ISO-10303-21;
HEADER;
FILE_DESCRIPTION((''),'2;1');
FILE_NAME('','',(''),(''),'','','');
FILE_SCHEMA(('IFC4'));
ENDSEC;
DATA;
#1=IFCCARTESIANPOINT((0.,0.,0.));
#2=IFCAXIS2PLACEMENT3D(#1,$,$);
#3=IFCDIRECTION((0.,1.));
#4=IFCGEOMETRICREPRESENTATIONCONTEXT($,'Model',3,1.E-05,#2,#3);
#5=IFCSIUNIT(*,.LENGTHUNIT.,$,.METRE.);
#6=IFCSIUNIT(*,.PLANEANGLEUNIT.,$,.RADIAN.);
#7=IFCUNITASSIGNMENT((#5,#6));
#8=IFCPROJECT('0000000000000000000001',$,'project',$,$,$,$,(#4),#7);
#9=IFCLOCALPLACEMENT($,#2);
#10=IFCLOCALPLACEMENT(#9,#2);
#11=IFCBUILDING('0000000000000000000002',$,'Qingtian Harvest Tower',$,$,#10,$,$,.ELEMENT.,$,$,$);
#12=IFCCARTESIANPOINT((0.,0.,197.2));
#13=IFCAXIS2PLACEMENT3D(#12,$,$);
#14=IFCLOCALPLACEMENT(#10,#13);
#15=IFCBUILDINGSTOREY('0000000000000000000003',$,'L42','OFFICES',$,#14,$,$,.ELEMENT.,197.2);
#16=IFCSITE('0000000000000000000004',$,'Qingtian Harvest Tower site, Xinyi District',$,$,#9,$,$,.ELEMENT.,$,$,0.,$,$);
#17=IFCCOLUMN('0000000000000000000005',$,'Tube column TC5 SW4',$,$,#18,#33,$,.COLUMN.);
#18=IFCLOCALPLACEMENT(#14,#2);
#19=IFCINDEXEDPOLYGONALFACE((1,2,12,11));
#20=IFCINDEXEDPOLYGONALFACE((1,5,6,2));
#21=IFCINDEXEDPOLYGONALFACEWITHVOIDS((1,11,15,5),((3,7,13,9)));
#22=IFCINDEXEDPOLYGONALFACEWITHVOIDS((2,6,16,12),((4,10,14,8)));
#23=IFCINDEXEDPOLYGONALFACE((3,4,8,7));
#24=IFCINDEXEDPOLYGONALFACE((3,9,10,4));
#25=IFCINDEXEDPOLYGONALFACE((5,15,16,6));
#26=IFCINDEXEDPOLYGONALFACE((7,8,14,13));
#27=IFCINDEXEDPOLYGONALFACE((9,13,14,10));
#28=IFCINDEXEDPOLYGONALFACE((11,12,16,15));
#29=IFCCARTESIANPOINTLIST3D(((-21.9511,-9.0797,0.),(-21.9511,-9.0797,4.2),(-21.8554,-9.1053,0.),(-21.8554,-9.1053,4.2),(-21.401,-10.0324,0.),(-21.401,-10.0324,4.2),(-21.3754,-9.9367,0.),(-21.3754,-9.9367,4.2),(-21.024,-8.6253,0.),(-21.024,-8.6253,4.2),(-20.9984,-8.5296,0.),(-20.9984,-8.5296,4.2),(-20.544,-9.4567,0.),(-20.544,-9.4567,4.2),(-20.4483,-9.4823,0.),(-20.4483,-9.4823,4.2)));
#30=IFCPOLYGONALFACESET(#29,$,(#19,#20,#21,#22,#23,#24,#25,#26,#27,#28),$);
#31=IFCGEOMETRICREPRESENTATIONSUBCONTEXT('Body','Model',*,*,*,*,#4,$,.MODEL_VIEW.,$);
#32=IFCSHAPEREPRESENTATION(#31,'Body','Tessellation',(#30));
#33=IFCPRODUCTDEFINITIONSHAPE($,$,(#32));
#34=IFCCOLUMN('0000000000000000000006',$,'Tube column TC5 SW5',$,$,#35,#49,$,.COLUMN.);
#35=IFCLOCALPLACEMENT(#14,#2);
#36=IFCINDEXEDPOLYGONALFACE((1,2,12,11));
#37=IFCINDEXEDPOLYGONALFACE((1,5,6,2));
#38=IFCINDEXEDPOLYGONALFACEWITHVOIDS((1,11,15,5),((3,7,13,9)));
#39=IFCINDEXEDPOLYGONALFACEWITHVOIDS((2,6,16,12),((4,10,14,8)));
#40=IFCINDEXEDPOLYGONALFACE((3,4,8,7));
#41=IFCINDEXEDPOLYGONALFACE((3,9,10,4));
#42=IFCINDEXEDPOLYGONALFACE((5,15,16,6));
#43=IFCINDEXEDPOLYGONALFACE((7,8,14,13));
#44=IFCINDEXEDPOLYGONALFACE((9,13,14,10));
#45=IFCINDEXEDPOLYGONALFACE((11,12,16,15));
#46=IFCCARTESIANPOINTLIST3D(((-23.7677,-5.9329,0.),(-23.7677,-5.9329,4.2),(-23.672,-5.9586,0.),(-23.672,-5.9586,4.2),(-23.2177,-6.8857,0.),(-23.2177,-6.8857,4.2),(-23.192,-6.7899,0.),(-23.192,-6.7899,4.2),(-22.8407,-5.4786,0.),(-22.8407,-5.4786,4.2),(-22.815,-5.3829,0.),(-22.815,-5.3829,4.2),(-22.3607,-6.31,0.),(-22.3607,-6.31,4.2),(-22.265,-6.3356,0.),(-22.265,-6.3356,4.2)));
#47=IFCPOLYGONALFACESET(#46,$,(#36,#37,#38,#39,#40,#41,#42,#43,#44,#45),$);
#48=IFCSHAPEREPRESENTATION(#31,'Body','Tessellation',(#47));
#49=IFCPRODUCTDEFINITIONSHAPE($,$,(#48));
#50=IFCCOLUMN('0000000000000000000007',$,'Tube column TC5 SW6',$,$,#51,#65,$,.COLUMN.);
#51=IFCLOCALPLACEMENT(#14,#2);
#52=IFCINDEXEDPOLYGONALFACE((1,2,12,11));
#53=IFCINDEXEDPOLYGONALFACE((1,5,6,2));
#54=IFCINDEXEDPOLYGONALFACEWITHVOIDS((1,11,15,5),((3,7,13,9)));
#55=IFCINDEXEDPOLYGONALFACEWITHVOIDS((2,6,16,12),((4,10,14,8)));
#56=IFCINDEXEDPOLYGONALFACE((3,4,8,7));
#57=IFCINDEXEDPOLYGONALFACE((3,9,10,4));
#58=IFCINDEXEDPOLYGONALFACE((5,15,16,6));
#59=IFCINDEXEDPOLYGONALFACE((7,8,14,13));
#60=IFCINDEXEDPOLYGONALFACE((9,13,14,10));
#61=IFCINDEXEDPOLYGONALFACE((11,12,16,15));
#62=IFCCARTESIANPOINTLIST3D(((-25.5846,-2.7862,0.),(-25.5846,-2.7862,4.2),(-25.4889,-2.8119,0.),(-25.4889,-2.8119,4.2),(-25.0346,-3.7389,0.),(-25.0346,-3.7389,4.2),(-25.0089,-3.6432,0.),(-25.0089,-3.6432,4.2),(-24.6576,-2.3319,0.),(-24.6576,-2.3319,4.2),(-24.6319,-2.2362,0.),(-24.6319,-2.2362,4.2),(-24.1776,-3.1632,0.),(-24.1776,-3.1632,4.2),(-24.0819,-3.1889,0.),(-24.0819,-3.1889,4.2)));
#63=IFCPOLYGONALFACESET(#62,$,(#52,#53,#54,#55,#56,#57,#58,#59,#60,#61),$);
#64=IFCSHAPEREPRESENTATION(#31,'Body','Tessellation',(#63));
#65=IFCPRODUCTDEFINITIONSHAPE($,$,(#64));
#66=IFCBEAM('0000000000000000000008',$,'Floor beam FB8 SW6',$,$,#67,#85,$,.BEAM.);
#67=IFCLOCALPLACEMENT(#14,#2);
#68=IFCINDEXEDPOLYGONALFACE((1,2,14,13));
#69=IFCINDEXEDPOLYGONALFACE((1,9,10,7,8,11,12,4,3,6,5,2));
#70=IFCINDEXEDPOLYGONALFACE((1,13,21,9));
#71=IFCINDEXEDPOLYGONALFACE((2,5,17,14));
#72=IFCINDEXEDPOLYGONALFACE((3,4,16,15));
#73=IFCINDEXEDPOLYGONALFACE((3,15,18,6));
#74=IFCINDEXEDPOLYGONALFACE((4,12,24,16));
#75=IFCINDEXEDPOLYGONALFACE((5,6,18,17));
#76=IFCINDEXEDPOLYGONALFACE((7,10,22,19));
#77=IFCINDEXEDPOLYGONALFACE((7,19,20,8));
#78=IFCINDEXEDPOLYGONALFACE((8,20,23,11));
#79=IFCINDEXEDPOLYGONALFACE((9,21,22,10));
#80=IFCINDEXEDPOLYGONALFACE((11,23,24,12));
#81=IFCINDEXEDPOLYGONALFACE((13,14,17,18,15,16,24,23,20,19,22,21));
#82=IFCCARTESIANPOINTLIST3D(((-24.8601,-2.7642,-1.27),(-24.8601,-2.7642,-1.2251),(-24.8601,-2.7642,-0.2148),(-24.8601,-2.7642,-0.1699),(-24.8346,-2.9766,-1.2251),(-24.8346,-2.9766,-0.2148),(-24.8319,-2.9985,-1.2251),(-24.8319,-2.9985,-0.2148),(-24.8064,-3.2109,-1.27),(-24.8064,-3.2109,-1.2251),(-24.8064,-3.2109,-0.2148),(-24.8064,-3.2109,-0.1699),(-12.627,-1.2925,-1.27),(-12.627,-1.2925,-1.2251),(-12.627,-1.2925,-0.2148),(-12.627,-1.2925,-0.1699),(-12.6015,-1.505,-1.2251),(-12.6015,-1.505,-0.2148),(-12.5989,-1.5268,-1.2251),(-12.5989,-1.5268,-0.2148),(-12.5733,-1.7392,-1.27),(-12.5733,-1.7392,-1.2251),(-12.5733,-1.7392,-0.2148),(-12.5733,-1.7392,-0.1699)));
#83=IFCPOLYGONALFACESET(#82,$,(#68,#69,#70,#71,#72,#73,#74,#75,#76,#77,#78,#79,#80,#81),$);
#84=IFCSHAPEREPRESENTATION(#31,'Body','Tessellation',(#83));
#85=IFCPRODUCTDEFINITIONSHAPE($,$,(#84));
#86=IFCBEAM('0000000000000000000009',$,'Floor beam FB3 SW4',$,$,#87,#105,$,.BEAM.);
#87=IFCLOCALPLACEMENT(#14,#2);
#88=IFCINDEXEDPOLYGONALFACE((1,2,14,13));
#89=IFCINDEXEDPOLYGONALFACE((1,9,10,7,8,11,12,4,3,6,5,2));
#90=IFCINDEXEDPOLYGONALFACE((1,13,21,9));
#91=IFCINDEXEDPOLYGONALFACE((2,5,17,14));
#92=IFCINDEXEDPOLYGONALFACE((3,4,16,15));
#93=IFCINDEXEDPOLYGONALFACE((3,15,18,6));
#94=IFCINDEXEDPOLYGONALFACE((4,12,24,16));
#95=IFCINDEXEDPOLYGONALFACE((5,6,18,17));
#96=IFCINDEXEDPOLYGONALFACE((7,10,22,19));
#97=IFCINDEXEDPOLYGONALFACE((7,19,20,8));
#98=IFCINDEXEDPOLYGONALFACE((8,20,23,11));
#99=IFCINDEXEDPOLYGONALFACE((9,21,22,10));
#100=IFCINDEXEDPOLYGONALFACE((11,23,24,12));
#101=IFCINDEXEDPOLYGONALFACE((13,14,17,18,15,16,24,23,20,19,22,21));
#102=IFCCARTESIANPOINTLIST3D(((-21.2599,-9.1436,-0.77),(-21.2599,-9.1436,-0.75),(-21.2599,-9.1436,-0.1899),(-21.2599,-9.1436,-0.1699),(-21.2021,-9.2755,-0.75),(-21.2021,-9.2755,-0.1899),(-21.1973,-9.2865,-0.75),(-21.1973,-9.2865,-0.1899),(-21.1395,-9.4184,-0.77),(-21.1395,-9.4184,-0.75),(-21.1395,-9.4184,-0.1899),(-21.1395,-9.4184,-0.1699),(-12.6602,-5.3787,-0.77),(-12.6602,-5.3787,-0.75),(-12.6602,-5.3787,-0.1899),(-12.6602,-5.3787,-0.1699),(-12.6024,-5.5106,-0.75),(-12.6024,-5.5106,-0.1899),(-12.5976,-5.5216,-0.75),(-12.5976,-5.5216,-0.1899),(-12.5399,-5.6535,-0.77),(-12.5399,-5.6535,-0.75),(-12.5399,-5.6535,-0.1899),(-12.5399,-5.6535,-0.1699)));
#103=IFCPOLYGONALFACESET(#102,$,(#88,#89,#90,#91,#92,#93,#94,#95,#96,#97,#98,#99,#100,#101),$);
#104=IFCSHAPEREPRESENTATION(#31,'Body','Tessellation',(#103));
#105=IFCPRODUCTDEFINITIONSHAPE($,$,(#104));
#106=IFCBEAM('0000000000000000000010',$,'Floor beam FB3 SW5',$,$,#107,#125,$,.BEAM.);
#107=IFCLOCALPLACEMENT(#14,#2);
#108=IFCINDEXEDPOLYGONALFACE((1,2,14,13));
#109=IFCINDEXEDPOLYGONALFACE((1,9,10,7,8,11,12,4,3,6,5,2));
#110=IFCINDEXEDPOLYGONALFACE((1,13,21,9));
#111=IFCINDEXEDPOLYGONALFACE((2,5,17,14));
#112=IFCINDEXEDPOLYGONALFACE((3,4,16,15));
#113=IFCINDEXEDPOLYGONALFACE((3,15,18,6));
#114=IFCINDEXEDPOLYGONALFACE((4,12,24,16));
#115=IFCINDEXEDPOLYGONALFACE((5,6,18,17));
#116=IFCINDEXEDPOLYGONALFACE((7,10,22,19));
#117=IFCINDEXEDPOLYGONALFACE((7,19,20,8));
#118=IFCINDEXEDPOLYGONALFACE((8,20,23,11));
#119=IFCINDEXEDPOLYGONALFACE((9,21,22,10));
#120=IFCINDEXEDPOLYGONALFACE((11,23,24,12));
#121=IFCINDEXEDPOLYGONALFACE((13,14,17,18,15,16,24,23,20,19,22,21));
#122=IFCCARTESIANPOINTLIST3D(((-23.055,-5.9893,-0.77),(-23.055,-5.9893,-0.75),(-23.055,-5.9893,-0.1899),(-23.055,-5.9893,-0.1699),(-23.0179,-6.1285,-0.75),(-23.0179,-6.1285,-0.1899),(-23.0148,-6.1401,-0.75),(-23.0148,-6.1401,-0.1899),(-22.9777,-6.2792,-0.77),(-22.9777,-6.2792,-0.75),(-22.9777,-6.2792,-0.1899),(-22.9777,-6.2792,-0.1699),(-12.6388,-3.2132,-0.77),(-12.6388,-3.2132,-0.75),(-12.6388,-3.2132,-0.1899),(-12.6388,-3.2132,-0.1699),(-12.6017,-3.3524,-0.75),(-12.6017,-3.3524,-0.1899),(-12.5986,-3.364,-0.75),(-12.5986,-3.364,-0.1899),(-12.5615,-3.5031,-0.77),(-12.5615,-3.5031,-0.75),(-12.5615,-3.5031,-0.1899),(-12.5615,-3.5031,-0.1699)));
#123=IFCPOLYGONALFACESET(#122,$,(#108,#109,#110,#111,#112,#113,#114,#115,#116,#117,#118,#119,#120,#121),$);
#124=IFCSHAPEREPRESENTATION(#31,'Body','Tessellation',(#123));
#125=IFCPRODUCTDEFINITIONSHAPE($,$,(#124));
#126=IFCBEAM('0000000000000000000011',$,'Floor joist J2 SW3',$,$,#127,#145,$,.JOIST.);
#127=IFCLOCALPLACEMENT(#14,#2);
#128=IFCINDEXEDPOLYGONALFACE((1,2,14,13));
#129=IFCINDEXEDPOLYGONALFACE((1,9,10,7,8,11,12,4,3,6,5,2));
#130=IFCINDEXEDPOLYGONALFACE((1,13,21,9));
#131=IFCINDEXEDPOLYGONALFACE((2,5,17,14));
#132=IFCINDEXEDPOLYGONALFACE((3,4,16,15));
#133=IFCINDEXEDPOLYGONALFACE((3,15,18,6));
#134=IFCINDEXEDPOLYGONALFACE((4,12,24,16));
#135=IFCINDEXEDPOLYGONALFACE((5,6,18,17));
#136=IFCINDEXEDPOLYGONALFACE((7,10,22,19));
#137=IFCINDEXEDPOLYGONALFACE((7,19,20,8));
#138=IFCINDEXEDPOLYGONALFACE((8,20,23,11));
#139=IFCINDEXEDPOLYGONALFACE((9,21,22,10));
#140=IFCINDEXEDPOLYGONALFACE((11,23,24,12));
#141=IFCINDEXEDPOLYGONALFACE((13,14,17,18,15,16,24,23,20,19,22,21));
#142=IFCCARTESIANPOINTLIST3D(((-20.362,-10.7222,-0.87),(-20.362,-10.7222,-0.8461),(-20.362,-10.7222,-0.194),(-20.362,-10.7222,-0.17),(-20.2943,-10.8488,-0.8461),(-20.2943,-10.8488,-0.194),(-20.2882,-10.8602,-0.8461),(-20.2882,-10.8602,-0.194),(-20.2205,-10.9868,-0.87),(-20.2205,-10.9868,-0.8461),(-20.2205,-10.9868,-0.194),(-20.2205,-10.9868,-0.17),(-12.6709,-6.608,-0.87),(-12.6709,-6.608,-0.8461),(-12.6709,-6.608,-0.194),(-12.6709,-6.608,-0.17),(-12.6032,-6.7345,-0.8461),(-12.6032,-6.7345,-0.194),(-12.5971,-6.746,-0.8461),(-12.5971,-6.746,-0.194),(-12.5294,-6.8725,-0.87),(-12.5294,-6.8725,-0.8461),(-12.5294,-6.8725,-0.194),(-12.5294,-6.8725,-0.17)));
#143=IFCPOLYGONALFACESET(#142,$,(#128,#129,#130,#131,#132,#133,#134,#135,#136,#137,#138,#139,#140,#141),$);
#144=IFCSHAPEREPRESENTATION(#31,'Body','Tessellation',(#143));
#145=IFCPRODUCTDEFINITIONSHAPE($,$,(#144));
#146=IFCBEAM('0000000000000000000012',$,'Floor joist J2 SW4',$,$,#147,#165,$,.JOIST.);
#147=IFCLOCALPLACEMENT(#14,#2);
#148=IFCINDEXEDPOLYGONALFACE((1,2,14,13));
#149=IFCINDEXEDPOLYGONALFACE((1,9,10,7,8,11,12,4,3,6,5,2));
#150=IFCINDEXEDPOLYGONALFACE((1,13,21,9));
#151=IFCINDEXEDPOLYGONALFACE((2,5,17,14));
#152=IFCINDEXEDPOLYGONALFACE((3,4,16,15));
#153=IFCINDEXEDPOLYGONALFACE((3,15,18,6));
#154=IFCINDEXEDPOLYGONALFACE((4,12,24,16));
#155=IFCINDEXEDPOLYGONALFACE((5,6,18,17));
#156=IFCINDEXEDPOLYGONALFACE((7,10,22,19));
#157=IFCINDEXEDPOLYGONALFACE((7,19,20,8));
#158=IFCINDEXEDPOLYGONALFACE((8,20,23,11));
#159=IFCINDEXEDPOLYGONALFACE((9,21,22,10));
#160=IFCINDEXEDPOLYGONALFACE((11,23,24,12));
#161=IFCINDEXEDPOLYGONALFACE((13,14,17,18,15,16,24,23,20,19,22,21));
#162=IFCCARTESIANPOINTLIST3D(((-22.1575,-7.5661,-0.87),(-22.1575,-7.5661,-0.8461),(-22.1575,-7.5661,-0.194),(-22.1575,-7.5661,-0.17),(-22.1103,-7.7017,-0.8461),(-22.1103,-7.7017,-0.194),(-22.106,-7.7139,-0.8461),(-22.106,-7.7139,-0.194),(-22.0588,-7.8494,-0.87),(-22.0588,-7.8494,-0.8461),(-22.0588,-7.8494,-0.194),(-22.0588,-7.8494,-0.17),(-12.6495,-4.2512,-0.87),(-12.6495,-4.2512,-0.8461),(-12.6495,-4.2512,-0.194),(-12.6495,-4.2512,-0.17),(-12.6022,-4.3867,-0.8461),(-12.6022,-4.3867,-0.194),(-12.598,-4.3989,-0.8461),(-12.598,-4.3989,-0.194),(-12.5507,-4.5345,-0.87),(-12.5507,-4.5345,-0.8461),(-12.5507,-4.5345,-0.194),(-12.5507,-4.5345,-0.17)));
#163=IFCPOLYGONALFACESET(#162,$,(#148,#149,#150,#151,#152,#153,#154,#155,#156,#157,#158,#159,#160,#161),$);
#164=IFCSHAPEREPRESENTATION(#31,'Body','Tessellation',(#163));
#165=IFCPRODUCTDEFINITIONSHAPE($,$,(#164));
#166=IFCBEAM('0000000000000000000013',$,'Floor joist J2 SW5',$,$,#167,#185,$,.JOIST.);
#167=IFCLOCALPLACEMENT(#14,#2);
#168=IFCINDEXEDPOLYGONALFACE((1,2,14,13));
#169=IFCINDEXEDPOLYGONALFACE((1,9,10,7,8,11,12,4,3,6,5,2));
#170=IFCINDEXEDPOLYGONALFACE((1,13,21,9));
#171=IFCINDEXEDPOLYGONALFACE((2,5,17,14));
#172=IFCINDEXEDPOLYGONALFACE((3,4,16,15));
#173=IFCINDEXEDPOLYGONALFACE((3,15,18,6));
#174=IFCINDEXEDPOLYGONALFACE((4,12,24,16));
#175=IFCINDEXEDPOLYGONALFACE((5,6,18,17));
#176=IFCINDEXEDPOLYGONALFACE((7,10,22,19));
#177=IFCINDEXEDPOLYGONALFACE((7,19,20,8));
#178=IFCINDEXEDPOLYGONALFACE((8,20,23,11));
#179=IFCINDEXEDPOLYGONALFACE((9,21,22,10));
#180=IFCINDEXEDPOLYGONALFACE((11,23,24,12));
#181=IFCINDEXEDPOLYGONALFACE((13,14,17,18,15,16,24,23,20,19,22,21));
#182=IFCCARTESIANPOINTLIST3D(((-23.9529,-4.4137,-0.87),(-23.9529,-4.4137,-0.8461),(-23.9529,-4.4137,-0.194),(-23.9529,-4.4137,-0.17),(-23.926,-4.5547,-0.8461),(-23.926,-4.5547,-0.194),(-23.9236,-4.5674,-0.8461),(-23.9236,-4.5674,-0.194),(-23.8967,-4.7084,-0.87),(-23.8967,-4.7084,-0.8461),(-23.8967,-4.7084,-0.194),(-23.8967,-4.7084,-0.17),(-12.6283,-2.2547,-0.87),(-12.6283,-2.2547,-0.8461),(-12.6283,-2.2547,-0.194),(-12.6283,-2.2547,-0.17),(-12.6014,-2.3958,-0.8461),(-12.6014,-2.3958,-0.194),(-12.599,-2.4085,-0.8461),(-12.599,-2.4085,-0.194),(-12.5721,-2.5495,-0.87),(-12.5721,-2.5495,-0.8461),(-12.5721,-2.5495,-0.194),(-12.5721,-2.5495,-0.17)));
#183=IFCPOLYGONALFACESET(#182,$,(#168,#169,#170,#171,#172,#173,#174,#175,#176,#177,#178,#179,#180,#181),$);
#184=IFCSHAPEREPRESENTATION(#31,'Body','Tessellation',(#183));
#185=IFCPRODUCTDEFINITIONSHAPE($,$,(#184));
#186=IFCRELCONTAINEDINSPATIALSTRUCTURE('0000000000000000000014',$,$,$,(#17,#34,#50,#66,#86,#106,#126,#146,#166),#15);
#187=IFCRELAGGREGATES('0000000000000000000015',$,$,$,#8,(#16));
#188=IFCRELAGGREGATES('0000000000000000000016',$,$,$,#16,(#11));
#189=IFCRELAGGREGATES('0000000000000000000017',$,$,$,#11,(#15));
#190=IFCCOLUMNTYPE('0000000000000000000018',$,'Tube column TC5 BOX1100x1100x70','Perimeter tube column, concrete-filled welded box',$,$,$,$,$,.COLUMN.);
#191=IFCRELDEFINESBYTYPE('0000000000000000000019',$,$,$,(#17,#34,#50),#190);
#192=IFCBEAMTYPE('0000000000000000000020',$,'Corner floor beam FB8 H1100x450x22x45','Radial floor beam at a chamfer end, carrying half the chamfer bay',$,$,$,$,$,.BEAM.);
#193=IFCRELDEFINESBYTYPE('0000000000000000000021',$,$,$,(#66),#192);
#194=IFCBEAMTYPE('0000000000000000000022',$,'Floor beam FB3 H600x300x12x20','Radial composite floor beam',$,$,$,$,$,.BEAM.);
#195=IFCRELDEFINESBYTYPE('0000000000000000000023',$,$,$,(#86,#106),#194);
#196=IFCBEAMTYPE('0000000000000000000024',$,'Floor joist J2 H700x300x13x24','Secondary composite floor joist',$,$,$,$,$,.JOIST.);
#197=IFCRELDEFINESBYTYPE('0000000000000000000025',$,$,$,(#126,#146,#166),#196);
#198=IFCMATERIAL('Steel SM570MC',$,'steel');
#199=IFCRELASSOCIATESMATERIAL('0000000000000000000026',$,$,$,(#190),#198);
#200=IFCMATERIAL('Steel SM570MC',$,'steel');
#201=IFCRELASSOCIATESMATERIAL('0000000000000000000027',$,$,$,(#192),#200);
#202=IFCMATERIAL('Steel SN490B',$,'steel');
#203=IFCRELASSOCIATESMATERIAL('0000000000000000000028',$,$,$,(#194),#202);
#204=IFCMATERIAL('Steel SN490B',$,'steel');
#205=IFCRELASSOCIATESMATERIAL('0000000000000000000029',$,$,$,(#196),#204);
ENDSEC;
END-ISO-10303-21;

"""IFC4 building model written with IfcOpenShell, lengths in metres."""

from ifc_helpers import new_model, si_unit, direction, frame, origin, origin_2d, place, context, subcontext, project, spatial, hollow_rectangle, i_section, extrude, material, material_profile, profile_set, type_object, element, save


model = new_model("IFC4")

# Units and contexts
model_context = context("Model", 3, precision=1e-05, world=origin(), true_north=direction((0.0, 1.0)))
body_context = subcontext(model_context, "Body", "Model", "MODEL_VIEW")
ifc_project = project(units=[si_unit("LENGTHUNIT", "METRE"), si_unit("PLANEANGLEUNIT", "RADIAN")], contexts=[model_context])

# Site, building, storey
site_placement = place(None, origin())
site = spatial("IfcSite", under=ifc_project, at=site_placement, Name="Qingtian Harvest Tower site, Xinyi District", CompositionType="ELEMENT", RefElevation=0.0)
building_placement = place(site_placement, origin())
building = spatial("IfcBuilding", under=site, at=building_placement, Name="Qingtian Harvest Tower", CompositionType="ELEMENT")
storey_placement = place(building_placement, frame((0.0, 0.0, 197.2)))
storey = spatial("IfcBuildingStorey", under=building, at=storey_placement, Name="L42", Description="OFFICES", CompositionType="ELEMENT", Elevation=197.2)

# Columns
ifc_material_1 = material(Name="Steel SM570MC", Category="steel")
ifc_material_profile_1 = material_profile(ifc_material_1, hollow_rectangle(XDim=1.1001, YDim=1.1001, WallThickness=0.0701, at=origin_2d()), Name="BOX1100x1100x70")
ifc_profile_set_1 = profile_set([ifc_material_profile_1], Name="Steel SM570MC")
column_type = type_object("IfcColumnType", Name="Tube column TC5 BOX1100x1100x70", Description="Perimeter tube column, concrete-filled welded box", PredefinedType="COLUMN", material=ifc_profile_set_1)
for number, where, z_axis, x_axis, name in (
    (1, (-21.1997, -9.281, 0.0), (0.0, 0.0, 1.0), (0.5, -0.866025, 0.0), "Tube column TC5 SW4"),
    (2, (-23.0164, -6.1343, 0.0), (0.0, 0.0, 1.0), (0.5, -0.866025, 0.0), "Tube column TC5 SW5"),
    (3, (-24.8333, -2.9875, 0.0), (0.0, 0.0, 1.0), (0.5, -0.866025, 0.0), "Tube column TC5 SW6"),
):
    element("IfcColumn", number, at=place(storey_placement, frame(where, z_axis=z_axis, x_axis=x_axis)), inside=storey, type_object=column_type, Name=name, PredefinedType="COLUMN", context=body_context, shape_type="SweptSolid", body=[
        extrude(hollow_rectangle(XDim=1.1001, YDim=1.1001, WallThickness=0.0701, at=origin_2d()), origin(), (0.0, 0.0, 1.0), 4.2),
    ])

# Beams
ifc_material_2 = material(Name="Steel SM570MC", Category="steel")
ifc_material_profile_2 = material_profile(ifc_material_2, i_section(OverallWidth=0.45, OverallDepth=1.1001, WebThickness=0.022, FlangeThickness=0.0449, at=origin_2d()), Name="H1100x450x22x45")
ifc_profile_set_2 = profile_set([ifc_material_profile_2], Name="Steel SM570MC")
beam_type_1 = type_object("IfcBeamType", Name="Corner floor beam FB8 H1100x450x22x45", Description="Radial floor beam at a chamfer end, carrying half the chamfer bay", PredefinedType="BEAM", material=ifc_profile_set_2)
beam_1_placement = place(storey_placement, frame((-24.8333, -2.9875, -0.72), z_axis=(0.992841, 0.119441, 0.0), x_axis=(-0.119441, 0.992841, 0.0)))
element("IfcBeam", 4, at=beam_1_placement, inside=storey, type_object=beam_type_1, Name="Floor beam FB8 SW6", PredefinedType="BEAM", context=body_context, shape_type="SweptSolid", body=[
    extrude(i_section(OverallWidth=0.45, OverallDepth=1.1001, WebThickness=0.022, FlangeThickness=0.0449, at=origin_2d()), origin(), (0.0, 0.0, 1.0), 12.3213),
])
ifc_material_3 = material(Name="Steel SN490B", Category="steel")
ifc_material_profile_3 = material_profile(ifc_material_3, i_section(OverallWidth=0.3, OverallDepth=0.6001, WebThickness=0.012, FlangeThickness=0.02, at=origin_2d()), Name="H600x300x12x20")
ifc_profile_set_3 = profile_set([ifc_material_profile_3], Name="Steel SN490B")
beam_type_2 = type_object("IfcBeamType", Name="Floor beam FB3 H600x300x12x20", Description="Radial composite floor beam", PredefinedType="BEAM", material=ifc_profile_set_3)
beam_2_placement = place(storey_placement, frame((-21.1997, -9.281, -0.47), z_axis=(0.916057, 0.401048, 0.0), x_axis=(-0.401048, 0.916057, 0.0)))
element("IfcBeam", 5, at=beam_2_placement, inside=storey, type_object=beam_type_2, Name="Floor beam FB3 SW4", PredefinedType="BEAM", context=body_context, shape_type="SweptSolid", body=[
    extrude(i_section(OverallWidth=0.3, OverallDepth=0.6001, WebThickness=0.012, FlangeThickness=0.02, at=origin_2d()), origin(), (0.0, 0.0, 1.0), 9.3877),
])
beam_3_placement = place(storey_placement, frame((-23.0164, -6.1343, -0.47), z_axis=(0.966271, 0.257529, 0.0), x_axis=(-0.257529, 0.966271, 0.0)))
element("IfcBeam", 6, at=beam_3_placement, inside=storey, type_object=beam_type_2, Name="Floor beam FB3 SW5", PredefinedType="BEAM", context=body_context, shape_type="SweptSolid", body=[
    extrude(i_section(OverallWidth=0.3, OverallDepth=0.6001, WebThickness=0.012, FlangeThickness=0.02, at=origin_2d()), origin(), (0.0, 0.0, 1.0), 10.7798),
])
ifc_material_4 = material(Name="Steel SN490B", Category="steel")
ifc_material_profile_4 = material_profile(ifc_material_4, i_section(OverallWidth=0.3, OverallDepth=0.7, WebThickness=0.0129, FlangeThickness=0.0239, at=origin_2d()), Name="H700x300x13x24")
ifc_profile_set_4 = profile_set([ifc_material_profile_4], Name="Steel SN490B")
beam_type_3 = type_object("IfcBeamType", Name="Floor joist J2 H700x300x13x24", Description="Secondary composite floor joist", PredefinedType="JOIST", material=ifc_profile_set_4)
beam_4_placement = place(storey_placement, frame((-20.2913, -10.8545, -0.52), z_axis=(0.881767, 0.471686, 0.0), x_axis=(-0.471686, 0.881767, 0.0)))
element("IfcBeam", 7, at=beam_4_placement, inside=storey, type_object=beam_type_3, Name="Floor joist J2 SW3", PredefinedType="JOIST", context=body_context, shape_type="SweptSolid", body=[
    extrude(i_section(OverallWidth=0.3, OverallDepth=0.7, WebThickness=0.0129, FlangeThickness=0.0239, at=origin_2d()), origin(), (0.0, 0.0, 1.0), 8.7224),
])
beam_5_placement = place(storey_placement, frame((-22.1082, -7.7078, -0.52), z_axis=(0.944256, 0.329211, 0.0), x_axis=(-0.329211, 0.944256, 0.0)))
element("IfcBeam", 8, at=beam_5_placement, inside=storey, type_object=beam_type_3, Name="Floor joist J2 SW4", PredefinedType="JOIST", context=body_context, shape_type="SweptSolid", body=[
    extrude(i_section(OverallWidth=0.3, OverallDepth=0.7, WebThickness=0.0129, FlangeThickness=0.0239, at=origin_2d()), origin(), (0.0, 0.0, 1.0), 10.0693),
])
beam_6_placement = place(storey_placement, frame((-23.9248, -4.561, -0.52), z_axis=(0.982309, 0.187267, 0.0), x_axis=(-0.187267, 0.982309, 0.0)))
element("IfcBeam", 9, at=beam_6_placement, inside=storey, type_object=beam_type_3, Name="Floor joist J2 SW5", PredefinedType="JOIST", context=body_context, shape_type="SweptSolid", body=[
    extrude(i_section(OverallWidth=0.3, OverallDepth=0.7, WebThickness=0.0129, FlangeThickness=0.0239, at=origin_2d()), origin(), (0.0, 0.0, 1.0), 11.5286),
])

save(model, "model.ifc")
